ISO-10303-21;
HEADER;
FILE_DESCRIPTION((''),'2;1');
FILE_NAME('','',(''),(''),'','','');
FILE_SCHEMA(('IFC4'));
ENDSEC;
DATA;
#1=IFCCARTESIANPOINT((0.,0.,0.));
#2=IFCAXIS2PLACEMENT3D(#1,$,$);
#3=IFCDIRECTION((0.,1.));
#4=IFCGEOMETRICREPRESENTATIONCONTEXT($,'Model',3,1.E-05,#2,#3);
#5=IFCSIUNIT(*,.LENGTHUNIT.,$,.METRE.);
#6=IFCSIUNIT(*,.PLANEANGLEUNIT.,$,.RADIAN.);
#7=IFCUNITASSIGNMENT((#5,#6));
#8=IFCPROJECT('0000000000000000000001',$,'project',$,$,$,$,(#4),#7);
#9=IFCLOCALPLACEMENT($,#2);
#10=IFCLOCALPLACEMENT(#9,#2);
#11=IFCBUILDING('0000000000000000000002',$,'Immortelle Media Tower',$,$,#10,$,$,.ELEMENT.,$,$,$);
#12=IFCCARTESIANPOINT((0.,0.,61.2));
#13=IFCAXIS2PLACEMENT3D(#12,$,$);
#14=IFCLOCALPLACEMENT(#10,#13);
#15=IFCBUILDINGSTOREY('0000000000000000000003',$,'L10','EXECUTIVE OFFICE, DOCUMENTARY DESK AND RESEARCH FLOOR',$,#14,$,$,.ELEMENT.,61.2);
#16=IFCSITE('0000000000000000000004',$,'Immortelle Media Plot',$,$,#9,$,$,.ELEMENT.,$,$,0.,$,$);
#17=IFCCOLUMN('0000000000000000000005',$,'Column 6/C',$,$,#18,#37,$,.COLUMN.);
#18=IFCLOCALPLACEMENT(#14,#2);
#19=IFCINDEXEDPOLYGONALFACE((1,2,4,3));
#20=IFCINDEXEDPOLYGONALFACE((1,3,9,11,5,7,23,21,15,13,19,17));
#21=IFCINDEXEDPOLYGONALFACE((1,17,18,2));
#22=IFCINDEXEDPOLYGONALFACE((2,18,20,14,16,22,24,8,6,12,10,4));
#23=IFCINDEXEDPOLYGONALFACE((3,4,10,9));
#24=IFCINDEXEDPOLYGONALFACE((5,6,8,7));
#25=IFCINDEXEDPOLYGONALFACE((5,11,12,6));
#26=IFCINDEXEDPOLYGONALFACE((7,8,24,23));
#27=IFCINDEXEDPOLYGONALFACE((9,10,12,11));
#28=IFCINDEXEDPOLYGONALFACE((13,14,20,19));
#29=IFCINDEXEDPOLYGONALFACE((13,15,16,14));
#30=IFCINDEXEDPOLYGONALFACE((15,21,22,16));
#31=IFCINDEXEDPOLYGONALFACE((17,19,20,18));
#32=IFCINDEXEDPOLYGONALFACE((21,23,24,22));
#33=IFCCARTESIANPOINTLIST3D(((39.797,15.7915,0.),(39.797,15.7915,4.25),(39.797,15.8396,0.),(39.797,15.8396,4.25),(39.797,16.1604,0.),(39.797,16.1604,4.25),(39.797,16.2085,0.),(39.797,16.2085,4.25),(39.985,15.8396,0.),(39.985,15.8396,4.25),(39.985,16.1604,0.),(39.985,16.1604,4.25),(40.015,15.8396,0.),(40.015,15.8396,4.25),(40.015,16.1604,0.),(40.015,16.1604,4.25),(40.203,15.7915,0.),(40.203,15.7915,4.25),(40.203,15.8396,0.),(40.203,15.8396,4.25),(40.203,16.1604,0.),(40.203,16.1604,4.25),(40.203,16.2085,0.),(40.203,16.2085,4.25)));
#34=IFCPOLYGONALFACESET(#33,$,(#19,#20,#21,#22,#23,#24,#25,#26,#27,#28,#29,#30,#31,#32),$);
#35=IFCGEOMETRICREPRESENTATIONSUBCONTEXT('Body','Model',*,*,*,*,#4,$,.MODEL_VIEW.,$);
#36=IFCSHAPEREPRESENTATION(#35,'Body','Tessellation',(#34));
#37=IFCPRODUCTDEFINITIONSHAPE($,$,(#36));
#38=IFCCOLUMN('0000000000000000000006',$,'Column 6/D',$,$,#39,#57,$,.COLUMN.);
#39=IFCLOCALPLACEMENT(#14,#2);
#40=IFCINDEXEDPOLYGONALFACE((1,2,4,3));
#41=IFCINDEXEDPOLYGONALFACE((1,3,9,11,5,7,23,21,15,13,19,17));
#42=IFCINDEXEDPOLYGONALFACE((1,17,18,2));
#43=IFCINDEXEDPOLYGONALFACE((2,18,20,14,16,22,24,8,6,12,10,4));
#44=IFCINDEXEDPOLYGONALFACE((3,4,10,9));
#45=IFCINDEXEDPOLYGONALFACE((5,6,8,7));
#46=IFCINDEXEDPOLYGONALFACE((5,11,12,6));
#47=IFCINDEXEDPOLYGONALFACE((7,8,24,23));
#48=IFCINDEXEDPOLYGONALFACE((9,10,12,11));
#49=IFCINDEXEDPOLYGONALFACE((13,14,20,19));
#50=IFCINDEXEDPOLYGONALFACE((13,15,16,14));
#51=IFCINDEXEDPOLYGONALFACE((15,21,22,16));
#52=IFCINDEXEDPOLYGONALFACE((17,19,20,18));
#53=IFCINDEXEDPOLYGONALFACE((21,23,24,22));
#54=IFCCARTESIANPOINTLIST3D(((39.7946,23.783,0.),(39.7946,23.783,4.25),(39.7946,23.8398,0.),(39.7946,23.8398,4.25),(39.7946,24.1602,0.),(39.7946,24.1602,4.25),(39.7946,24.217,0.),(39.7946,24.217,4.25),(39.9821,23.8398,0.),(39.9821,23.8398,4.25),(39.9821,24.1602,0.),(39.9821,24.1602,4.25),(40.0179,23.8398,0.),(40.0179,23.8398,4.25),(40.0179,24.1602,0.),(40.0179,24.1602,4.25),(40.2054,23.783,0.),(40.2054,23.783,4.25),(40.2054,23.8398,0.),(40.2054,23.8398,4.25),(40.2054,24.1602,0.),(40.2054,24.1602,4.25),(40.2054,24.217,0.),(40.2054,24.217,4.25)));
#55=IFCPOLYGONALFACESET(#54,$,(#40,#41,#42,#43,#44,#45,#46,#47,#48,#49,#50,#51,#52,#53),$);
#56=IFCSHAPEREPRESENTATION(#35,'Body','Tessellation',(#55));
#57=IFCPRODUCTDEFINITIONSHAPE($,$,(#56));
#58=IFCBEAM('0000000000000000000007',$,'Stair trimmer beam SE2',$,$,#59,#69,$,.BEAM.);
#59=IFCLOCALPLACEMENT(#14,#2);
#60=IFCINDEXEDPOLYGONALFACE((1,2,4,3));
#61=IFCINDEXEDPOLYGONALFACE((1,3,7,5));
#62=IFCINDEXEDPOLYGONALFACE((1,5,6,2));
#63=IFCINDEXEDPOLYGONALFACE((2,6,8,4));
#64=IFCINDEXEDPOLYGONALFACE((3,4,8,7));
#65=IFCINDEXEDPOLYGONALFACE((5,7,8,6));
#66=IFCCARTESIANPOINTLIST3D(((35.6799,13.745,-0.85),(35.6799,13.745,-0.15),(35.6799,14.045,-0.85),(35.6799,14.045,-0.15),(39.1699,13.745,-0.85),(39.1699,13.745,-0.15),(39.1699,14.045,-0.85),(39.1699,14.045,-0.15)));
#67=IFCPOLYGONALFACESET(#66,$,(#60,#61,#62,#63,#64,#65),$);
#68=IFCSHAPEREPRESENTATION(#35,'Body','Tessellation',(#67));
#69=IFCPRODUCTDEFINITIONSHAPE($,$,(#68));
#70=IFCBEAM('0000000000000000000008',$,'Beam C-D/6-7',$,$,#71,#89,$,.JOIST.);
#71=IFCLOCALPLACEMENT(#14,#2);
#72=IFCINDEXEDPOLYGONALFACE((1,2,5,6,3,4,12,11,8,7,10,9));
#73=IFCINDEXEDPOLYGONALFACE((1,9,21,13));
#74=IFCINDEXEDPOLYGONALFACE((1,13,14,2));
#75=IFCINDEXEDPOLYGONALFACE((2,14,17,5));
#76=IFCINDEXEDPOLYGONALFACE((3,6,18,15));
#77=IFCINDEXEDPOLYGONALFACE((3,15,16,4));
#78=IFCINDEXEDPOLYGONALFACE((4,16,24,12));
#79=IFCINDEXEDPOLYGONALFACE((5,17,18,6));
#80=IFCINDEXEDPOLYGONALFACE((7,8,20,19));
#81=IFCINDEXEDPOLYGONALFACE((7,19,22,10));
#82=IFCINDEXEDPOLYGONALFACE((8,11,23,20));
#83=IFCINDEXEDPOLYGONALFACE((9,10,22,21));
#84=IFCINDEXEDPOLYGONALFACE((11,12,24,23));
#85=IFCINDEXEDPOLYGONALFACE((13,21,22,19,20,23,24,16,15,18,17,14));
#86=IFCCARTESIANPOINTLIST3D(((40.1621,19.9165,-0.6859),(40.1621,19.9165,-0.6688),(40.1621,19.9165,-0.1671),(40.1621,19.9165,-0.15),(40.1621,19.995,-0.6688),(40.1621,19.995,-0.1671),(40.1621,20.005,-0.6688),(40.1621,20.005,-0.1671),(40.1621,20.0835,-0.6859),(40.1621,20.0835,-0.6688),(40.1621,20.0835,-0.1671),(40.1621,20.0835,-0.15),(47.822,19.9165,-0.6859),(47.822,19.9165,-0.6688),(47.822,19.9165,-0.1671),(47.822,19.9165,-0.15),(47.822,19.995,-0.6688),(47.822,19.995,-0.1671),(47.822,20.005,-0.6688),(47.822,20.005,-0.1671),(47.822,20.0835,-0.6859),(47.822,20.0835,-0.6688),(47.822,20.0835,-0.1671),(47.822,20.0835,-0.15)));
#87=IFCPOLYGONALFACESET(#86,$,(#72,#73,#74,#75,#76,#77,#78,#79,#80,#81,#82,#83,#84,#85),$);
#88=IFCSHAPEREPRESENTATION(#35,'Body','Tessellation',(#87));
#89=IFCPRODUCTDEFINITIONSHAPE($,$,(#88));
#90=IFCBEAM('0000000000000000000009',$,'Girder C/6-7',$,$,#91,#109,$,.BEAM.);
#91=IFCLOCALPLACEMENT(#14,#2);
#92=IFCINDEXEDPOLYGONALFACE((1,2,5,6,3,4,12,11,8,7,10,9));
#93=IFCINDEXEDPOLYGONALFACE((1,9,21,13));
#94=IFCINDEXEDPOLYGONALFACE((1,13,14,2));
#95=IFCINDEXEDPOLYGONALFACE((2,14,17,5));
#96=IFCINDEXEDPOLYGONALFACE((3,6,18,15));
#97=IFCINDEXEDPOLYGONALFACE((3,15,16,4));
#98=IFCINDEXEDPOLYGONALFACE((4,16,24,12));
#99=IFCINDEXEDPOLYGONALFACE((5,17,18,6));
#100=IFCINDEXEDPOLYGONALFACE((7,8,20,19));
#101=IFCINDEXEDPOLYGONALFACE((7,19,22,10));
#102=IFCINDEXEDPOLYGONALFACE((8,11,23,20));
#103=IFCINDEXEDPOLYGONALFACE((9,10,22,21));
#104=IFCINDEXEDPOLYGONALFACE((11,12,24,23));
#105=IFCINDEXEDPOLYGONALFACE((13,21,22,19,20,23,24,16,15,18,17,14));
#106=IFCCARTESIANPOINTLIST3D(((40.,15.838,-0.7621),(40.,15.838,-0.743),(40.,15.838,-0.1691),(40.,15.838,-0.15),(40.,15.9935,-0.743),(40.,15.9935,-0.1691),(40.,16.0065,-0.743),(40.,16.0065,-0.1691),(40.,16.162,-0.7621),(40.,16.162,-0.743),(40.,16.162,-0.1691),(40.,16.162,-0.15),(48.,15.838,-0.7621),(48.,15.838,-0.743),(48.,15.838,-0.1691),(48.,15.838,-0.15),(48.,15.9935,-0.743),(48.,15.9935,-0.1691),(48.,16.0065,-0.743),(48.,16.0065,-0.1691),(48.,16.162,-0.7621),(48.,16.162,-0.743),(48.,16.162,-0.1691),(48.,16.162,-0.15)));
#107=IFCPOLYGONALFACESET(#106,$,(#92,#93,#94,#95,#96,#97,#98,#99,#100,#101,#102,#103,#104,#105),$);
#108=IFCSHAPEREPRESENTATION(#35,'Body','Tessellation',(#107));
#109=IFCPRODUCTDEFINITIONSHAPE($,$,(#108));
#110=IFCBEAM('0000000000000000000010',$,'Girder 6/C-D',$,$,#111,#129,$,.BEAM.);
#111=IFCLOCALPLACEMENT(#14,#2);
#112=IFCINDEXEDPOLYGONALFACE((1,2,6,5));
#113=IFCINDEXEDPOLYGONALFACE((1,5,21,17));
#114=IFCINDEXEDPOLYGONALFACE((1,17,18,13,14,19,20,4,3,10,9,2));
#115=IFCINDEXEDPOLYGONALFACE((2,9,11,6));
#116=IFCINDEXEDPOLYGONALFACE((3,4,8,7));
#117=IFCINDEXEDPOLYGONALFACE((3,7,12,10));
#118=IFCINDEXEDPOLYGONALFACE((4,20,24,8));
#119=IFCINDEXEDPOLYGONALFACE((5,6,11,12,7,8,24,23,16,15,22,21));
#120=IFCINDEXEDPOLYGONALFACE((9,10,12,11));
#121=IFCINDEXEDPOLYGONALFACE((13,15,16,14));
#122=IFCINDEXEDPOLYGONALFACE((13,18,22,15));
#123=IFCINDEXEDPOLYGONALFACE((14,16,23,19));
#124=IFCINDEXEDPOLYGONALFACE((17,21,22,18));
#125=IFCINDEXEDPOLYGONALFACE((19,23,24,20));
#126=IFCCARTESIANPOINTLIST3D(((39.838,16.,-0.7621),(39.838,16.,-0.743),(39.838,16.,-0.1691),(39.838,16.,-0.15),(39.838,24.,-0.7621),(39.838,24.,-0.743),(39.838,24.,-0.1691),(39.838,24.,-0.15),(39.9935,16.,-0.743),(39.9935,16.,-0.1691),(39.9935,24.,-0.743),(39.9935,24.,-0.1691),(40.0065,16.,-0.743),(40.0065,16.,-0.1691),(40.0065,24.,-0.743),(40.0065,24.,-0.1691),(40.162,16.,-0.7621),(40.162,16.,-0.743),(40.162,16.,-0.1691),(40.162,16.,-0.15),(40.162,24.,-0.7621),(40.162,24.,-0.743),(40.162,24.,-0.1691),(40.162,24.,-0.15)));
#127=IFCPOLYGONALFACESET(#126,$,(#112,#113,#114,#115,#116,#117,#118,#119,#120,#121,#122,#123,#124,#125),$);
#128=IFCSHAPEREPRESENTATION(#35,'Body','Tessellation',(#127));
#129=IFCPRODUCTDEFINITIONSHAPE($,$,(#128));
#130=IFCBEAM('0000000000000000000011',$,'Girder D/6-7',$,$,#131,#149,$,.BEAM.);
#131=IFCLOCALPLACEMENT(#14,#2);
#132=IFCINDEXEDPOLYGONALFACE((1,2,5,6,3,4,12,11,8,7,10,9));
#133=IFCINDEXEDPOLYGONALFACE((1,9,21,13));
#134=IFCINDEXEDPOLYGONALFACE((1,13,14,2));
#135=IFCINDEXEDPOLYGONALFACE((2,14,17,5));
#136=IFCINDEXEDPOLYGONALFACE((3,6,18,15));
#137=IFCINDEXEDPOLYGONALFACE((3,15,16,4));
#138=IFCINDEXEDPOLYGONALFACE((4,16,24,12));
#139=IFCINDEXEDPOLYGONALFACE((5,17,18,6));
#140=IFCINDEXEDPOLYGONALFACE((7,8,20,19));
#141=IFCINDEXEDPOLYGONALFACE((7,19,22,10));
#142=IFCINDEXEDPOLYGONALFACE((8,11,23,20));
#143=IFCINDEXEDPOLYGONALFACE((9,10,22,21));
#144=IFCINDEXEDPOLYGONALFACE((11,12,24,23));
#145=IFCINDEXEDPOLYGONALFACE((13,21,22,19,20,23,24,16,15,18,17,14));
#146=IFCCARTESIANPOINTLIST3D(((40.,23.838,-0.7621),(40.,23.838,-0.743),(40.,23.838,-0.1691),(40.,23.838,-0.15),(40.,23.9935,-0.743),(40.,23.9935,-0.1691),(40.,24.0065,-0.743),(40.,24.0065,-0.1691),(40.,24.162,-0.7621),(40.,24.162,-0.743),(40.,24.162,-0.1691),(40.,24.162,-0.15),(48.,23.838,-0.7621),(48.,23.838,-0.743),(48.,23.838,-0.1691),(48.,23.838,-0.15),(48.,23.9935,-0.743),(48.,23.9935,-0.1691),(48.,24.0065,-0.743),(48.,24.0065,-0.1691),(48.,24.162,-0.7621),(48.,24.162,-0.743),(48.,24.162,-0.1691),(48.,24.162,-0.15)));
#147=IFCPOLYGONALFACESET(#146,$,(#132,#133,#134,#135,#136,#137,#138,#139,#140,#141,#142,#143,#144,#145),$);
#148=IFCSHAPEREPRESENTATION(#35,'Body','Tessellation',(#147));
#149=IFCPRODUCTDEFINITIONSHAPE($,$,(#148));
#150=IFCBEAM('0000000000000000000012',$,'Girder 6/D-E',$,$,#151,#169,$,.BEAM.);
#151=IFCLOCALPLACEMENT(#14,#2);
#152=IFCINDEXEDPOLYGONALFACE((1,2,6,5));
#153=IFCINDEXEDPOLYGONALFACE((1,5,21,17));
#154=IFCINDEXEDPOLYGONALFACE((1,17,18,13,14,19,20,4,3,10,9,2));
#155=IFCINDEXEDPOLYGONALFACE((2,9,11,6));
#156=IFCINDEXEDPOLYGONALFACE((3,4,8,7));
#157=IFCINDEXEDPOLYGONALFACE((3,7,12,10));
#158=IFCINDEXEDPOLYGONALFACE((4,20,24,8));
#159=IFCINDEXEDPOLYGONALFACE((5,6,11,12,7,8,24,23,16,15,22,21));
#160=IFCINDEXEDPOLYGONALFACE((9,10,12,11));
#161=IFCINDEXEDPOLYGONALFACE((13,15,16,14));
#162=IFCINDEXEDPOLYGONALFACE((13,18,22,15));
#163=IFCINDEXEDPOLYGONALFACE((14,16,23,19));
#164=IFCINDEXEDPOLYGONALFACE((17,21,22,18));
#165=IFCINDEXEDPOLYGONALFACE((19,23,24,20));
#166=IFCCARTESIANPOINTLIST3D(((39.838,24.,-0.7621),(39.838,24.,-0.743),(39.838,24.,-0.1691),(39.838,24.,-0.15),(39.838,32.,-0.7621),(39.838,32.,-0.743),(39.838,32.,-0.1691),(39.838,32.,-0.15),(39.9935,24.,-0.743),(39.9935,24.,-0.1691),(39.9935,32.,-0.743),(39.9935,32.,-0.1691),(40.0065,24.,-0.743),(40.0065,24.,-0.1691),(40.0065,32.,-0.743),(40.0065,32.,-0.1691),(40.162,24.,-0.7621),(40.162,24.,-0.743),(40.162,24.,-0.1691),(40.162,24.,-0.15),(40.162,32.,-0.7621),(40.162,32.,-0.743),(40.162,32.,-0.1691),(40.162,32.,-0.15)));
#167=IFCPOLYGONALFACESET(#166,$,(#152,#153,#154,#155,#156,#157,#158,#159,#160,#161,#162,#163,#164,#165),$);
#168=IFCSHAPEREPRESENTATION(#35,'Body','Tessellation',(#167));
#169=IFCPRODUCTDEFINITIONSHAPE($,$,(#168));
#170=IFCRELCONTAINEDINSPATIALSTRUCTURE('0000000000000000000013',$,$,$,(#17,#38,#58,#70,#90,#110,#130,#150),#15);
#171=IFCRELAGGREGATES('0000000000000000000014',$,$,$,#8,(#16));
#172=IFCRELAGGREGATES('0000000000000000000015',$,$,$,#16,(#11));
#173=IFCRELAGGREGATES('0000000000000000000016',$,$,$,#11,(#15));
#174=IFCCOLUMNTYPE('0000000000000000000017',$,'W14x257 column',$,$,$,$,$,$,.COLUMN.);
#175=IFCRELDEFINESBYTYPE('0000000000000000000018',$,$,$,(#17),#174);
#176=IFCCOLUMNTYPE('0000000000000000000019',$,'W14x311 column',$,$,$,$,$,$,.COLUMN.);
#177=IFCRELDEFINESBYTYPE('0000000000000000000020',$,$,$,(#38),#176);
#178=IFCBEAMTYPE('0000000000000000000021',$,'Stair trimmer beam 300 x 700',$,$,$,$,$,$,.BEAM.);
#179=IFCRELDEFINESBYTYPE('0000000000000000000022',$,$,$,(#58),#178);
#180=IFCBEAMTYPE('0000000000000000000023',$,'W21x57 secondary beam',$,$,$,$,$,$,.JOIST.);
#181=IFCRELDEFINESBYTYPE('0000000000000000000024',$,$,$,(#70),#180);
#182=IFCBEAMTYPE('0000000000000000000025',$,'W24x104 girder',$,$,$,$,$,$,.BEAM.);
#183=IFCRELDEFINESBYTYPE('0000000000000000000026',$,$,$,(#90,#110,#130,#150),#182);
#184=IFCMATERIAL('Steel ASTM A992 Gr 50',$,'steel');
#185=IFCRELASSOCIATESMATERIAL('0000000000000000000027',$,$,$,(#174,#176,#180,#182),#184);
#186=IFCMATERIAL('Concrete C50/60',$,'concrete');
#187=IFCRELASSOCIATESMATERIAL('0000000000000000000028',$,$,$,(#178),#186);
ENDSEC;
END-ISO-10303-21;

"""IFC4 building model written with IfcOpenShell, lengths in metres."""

from ifc_helpers import new_model, si_unit, direction, frame, origin, origin_2d, place, context, subcontext, project, spatial, rectangle, i_section, extrude, material, material_profile, profile_set, type_object, element, save


model = new_model("IFC4")

# Units and contexts
model_context = context("Model", 3, precision=1e-05, world=origin(), true_north=direction((0.0, 1.0)))
body_context = subcontext(model_context, "Body", "Model", "MODEL_VIEW")
ifc_project = project(units=[si_unit("LENGTHUNIT", "METRE"), si_unit("PLANEANGLEUNIT", "RADIAN")], contexts=[model_context])

# Site, building, storey
site_placement = place(None, origin())
site = spatial("IfcSite", under=ifc_project, at=site_placement, Name="Immortelle Media Plot", CompositionType="ELEMENT", RefElevation=0.0)
building_placement = place(site_placement, origin())
building = spatial("IfcBuilding", under=site, at=building_placement, Name="Immortelle Media Tower", CompositionType="ELEMENT")
storey_placement = place(building_placement, frame((0.0, 0.0, 61.2)))
storey = spatial("IfcBuildingStorey", under=building, at=storey_placement, Name="L10", Description="EXECUTIVE OFFICE, DOCUMENTARY DESK AND RESEARCH FLOOR", CompositionType="ELEMENT", Elevation=61.2)

# Columns
ifc_material_1 = material(Name="Steel ASTM A992 Gr 50", Category="steel")
ifc_material_profile_1 = material_profile(ifc_material_1, i_section(OverallWidth=0.406, OverallDepth=0.417, WebThickness=0.03, FlangeThickness=0.0481, at=origin_2d()), Name="W14x257")
ifc_profile_set_1 = profile_set([ifc_material_profile_1], Name="Steel ASTM A992 Gr 50")
column_type_1 = type_object("IfcColumnType", Name="W14x257 column", PredefinedType="COLUMN", material=ifc_profile_set_1)
column_1_placement = place(storey_placement, frame((40.0, 16.0, 0.0), z_axis=(0.0, 0.0, 1.0), x_axis=(1.0, 0.0, 0.0)))
element("IfcColumn", 1, at=column_1_placement, inside=storey, type_object=column_type_1, Name="Column 6/C", PredefinedType="COLUMN", context=body_context, shape_type="SweptSolid", body=[
    extrude(i_section(OverallWidth=0.406, OverallDepth=0.417, WebThickness=0.03, FlangeThickness=0.0481, at=origin_2d()), origin(), (0.0, 0.0, 1.0), 4.25),
])
ifc_material_profile_2 = material_profile(ifc_material_1, i_section(OverallWidth=0.4109, OverallDepth=0.4341, WebThickness=0.0359, FlangeThickness=0.0569, at=origin_2d()), Name="W14x311")
ifc_profile_set_2 = profile_set([ifc_material_profile_2], Name="Steel ASTM A992 Gr 50")
column_type_2 = type_object("IfcColumnType", Name="W14x311 column", PredefinedType="COLUMN", material=ifc_profile_set_2)
column_2_placement = place(storey_placement, frame((40.0, 24.0, 0.0), z_axis=(0.0, 0.0, 1.0), x_axis=(1.0, 0.0, 0.0)))
element("IfcColumn", 2, at=column_2_placement, inside=storey, type_object=column_type_2, Name="Column 6/D", PredefinedType="COLUMN", context=body_context, shape_type="SweptSolid", body=[
    extrude(i_section(OverallWidth=0.4109, OverallDepth=0.4341, WebThickness=0.0359, FlangeThickness=0.0569, at=origin_2d()), origin(), (0.0, 0.0, 1.0), 4.25),
])

# Beams
ifc_material_2 = material(Name="Concrete C50/60", Category="concrete")
ifc_material_profile_3 = material_profile(ifc_material_2, rectangle(XDim=0.3, YDim=0.7, at=origin_2d()), Name="RC 300x700")
ifc_profile_set_3 = profile_set([ifc_material_profile_3], Name="Concrete C50/60")
beam_type_1 = type_object("IfcBeamType", Name="Stair trimmer beam 300 x 700", PredefinedType="BEAM", material=ifc_profile_set_3)
beam_1_placement = place(storey_placement, frame((35.6799, 13.895, -0.5), z_axis=(1.0, 0.0, 0.0), x_axis=(0.0, 1.0, 0.0)))
element("IfcBeam", 3, at=beam_1_placement, inside=storey, type_object=beam_type_1, Name="Stair trimmer beam SE2", PredefinedType="BEAM", context=body_context, shape_type="SweptSolid", body=[
    extrude(rectangle(XDim=0.3, YDim=0.7, at=origin_2d()), origin(), (0.0, 0.0, 1.0), 3.49),
])
ifc_material_profile_4 = material_profile(ifc_material_1, i_section(OverallWidth=0.167, OverallDepth=0.5359, WebThickness=0.01, FlangeThickness=0.0171, at=origin_2d()), Name="W21x57")
ifc_profile_set_4 = profile_set([ifc_material_profile_4], Name="Steel ASTM A992 Gr 50")
beam_type_2 = type_object("IfcBeamType", Name="W21x57 secondary beam", PredefinedType="JOIST", material=ifc_profile_set_4)
beam_2_placement = place(storey_placement, frame((40.1621, 20.0, -0.418), z_axis=(1.0, 0.0, 0.0), x_axis=(0.0, 1.0, 0.0)))
element("IfcBeam", 4, at=beam_2_placement, inside=storey, type_object=beam_type_2, Name="Beam C-D/6-7", PredefinedType="JOIST", context=body_context, shape_type="SweptSolid", body=[
    extrude(i_section(OverallWidth=0.167, OverallDepth=0.5359, WebThickness=0.01, FlangeThickness=0.0171, at=origin_2d()), origin(), (0.0, 0.0, 1.0), 7.6599),
])
ifc_material_profile_5 = material_profile(ifc_material_1, i_section(OverallWidth=0.324, OverallDepth=0.6121, WebThickness=0.0129, FlangeThickness=0.019, at=origin_2d()), Name="W24x104")
ifc_profile_set_5 = profile_set([ifc_material_profile_5], Name="Steel ASTM A992 Gr 50")
beam_type_3 = type_object("IfcBeamType", Name="W24x104 girder", PredefinedType="BEAM", material=ifc_profile_set_5)
for number, where, z_axis, x_axis, name in (
    (5, (40.0, 16.0, -0.4561), (1.0, 0.0, 0.0), (0.0, 1.0, 0.0), "Girder C/6-7"),
    (6, (40.0, 16.0, -0.4561), (0.0, 1.0, 0.0), (-1.0, 0.0, 0.0), "Girder 6/C-D"),
    (7, (40.0, 24.0, -0.4561), (1.0, 0.0, 0.0), (0.0, 1.0, 0.0), "Girder D/6-7"),
    (8, (40.0, 24.0, -0.4561), (0.0, 1.0, 0.0), (-1.0, 0.0, 0.0), "Girder 6/D-E"),
):
    element("IfcBeam", number, at=place(storey_placement, frame(where, z_axis=z_axis, x_axis=x_axis)), inside=storey, type_object=beam_type_3, Name=name, PredefinedType="BEAM", context=body_context, shape_type="SweptSolid", body=[
        extrude(i_section(OverallWidth=0.324, OverallDepth=0.6121, WebThickness=0.0129, FlangeThickness=0.019, at=origin_2d()), origin(), (0.0, 0.0, 1.0), 8.0),
    ])

save(model, "model.ifc")
